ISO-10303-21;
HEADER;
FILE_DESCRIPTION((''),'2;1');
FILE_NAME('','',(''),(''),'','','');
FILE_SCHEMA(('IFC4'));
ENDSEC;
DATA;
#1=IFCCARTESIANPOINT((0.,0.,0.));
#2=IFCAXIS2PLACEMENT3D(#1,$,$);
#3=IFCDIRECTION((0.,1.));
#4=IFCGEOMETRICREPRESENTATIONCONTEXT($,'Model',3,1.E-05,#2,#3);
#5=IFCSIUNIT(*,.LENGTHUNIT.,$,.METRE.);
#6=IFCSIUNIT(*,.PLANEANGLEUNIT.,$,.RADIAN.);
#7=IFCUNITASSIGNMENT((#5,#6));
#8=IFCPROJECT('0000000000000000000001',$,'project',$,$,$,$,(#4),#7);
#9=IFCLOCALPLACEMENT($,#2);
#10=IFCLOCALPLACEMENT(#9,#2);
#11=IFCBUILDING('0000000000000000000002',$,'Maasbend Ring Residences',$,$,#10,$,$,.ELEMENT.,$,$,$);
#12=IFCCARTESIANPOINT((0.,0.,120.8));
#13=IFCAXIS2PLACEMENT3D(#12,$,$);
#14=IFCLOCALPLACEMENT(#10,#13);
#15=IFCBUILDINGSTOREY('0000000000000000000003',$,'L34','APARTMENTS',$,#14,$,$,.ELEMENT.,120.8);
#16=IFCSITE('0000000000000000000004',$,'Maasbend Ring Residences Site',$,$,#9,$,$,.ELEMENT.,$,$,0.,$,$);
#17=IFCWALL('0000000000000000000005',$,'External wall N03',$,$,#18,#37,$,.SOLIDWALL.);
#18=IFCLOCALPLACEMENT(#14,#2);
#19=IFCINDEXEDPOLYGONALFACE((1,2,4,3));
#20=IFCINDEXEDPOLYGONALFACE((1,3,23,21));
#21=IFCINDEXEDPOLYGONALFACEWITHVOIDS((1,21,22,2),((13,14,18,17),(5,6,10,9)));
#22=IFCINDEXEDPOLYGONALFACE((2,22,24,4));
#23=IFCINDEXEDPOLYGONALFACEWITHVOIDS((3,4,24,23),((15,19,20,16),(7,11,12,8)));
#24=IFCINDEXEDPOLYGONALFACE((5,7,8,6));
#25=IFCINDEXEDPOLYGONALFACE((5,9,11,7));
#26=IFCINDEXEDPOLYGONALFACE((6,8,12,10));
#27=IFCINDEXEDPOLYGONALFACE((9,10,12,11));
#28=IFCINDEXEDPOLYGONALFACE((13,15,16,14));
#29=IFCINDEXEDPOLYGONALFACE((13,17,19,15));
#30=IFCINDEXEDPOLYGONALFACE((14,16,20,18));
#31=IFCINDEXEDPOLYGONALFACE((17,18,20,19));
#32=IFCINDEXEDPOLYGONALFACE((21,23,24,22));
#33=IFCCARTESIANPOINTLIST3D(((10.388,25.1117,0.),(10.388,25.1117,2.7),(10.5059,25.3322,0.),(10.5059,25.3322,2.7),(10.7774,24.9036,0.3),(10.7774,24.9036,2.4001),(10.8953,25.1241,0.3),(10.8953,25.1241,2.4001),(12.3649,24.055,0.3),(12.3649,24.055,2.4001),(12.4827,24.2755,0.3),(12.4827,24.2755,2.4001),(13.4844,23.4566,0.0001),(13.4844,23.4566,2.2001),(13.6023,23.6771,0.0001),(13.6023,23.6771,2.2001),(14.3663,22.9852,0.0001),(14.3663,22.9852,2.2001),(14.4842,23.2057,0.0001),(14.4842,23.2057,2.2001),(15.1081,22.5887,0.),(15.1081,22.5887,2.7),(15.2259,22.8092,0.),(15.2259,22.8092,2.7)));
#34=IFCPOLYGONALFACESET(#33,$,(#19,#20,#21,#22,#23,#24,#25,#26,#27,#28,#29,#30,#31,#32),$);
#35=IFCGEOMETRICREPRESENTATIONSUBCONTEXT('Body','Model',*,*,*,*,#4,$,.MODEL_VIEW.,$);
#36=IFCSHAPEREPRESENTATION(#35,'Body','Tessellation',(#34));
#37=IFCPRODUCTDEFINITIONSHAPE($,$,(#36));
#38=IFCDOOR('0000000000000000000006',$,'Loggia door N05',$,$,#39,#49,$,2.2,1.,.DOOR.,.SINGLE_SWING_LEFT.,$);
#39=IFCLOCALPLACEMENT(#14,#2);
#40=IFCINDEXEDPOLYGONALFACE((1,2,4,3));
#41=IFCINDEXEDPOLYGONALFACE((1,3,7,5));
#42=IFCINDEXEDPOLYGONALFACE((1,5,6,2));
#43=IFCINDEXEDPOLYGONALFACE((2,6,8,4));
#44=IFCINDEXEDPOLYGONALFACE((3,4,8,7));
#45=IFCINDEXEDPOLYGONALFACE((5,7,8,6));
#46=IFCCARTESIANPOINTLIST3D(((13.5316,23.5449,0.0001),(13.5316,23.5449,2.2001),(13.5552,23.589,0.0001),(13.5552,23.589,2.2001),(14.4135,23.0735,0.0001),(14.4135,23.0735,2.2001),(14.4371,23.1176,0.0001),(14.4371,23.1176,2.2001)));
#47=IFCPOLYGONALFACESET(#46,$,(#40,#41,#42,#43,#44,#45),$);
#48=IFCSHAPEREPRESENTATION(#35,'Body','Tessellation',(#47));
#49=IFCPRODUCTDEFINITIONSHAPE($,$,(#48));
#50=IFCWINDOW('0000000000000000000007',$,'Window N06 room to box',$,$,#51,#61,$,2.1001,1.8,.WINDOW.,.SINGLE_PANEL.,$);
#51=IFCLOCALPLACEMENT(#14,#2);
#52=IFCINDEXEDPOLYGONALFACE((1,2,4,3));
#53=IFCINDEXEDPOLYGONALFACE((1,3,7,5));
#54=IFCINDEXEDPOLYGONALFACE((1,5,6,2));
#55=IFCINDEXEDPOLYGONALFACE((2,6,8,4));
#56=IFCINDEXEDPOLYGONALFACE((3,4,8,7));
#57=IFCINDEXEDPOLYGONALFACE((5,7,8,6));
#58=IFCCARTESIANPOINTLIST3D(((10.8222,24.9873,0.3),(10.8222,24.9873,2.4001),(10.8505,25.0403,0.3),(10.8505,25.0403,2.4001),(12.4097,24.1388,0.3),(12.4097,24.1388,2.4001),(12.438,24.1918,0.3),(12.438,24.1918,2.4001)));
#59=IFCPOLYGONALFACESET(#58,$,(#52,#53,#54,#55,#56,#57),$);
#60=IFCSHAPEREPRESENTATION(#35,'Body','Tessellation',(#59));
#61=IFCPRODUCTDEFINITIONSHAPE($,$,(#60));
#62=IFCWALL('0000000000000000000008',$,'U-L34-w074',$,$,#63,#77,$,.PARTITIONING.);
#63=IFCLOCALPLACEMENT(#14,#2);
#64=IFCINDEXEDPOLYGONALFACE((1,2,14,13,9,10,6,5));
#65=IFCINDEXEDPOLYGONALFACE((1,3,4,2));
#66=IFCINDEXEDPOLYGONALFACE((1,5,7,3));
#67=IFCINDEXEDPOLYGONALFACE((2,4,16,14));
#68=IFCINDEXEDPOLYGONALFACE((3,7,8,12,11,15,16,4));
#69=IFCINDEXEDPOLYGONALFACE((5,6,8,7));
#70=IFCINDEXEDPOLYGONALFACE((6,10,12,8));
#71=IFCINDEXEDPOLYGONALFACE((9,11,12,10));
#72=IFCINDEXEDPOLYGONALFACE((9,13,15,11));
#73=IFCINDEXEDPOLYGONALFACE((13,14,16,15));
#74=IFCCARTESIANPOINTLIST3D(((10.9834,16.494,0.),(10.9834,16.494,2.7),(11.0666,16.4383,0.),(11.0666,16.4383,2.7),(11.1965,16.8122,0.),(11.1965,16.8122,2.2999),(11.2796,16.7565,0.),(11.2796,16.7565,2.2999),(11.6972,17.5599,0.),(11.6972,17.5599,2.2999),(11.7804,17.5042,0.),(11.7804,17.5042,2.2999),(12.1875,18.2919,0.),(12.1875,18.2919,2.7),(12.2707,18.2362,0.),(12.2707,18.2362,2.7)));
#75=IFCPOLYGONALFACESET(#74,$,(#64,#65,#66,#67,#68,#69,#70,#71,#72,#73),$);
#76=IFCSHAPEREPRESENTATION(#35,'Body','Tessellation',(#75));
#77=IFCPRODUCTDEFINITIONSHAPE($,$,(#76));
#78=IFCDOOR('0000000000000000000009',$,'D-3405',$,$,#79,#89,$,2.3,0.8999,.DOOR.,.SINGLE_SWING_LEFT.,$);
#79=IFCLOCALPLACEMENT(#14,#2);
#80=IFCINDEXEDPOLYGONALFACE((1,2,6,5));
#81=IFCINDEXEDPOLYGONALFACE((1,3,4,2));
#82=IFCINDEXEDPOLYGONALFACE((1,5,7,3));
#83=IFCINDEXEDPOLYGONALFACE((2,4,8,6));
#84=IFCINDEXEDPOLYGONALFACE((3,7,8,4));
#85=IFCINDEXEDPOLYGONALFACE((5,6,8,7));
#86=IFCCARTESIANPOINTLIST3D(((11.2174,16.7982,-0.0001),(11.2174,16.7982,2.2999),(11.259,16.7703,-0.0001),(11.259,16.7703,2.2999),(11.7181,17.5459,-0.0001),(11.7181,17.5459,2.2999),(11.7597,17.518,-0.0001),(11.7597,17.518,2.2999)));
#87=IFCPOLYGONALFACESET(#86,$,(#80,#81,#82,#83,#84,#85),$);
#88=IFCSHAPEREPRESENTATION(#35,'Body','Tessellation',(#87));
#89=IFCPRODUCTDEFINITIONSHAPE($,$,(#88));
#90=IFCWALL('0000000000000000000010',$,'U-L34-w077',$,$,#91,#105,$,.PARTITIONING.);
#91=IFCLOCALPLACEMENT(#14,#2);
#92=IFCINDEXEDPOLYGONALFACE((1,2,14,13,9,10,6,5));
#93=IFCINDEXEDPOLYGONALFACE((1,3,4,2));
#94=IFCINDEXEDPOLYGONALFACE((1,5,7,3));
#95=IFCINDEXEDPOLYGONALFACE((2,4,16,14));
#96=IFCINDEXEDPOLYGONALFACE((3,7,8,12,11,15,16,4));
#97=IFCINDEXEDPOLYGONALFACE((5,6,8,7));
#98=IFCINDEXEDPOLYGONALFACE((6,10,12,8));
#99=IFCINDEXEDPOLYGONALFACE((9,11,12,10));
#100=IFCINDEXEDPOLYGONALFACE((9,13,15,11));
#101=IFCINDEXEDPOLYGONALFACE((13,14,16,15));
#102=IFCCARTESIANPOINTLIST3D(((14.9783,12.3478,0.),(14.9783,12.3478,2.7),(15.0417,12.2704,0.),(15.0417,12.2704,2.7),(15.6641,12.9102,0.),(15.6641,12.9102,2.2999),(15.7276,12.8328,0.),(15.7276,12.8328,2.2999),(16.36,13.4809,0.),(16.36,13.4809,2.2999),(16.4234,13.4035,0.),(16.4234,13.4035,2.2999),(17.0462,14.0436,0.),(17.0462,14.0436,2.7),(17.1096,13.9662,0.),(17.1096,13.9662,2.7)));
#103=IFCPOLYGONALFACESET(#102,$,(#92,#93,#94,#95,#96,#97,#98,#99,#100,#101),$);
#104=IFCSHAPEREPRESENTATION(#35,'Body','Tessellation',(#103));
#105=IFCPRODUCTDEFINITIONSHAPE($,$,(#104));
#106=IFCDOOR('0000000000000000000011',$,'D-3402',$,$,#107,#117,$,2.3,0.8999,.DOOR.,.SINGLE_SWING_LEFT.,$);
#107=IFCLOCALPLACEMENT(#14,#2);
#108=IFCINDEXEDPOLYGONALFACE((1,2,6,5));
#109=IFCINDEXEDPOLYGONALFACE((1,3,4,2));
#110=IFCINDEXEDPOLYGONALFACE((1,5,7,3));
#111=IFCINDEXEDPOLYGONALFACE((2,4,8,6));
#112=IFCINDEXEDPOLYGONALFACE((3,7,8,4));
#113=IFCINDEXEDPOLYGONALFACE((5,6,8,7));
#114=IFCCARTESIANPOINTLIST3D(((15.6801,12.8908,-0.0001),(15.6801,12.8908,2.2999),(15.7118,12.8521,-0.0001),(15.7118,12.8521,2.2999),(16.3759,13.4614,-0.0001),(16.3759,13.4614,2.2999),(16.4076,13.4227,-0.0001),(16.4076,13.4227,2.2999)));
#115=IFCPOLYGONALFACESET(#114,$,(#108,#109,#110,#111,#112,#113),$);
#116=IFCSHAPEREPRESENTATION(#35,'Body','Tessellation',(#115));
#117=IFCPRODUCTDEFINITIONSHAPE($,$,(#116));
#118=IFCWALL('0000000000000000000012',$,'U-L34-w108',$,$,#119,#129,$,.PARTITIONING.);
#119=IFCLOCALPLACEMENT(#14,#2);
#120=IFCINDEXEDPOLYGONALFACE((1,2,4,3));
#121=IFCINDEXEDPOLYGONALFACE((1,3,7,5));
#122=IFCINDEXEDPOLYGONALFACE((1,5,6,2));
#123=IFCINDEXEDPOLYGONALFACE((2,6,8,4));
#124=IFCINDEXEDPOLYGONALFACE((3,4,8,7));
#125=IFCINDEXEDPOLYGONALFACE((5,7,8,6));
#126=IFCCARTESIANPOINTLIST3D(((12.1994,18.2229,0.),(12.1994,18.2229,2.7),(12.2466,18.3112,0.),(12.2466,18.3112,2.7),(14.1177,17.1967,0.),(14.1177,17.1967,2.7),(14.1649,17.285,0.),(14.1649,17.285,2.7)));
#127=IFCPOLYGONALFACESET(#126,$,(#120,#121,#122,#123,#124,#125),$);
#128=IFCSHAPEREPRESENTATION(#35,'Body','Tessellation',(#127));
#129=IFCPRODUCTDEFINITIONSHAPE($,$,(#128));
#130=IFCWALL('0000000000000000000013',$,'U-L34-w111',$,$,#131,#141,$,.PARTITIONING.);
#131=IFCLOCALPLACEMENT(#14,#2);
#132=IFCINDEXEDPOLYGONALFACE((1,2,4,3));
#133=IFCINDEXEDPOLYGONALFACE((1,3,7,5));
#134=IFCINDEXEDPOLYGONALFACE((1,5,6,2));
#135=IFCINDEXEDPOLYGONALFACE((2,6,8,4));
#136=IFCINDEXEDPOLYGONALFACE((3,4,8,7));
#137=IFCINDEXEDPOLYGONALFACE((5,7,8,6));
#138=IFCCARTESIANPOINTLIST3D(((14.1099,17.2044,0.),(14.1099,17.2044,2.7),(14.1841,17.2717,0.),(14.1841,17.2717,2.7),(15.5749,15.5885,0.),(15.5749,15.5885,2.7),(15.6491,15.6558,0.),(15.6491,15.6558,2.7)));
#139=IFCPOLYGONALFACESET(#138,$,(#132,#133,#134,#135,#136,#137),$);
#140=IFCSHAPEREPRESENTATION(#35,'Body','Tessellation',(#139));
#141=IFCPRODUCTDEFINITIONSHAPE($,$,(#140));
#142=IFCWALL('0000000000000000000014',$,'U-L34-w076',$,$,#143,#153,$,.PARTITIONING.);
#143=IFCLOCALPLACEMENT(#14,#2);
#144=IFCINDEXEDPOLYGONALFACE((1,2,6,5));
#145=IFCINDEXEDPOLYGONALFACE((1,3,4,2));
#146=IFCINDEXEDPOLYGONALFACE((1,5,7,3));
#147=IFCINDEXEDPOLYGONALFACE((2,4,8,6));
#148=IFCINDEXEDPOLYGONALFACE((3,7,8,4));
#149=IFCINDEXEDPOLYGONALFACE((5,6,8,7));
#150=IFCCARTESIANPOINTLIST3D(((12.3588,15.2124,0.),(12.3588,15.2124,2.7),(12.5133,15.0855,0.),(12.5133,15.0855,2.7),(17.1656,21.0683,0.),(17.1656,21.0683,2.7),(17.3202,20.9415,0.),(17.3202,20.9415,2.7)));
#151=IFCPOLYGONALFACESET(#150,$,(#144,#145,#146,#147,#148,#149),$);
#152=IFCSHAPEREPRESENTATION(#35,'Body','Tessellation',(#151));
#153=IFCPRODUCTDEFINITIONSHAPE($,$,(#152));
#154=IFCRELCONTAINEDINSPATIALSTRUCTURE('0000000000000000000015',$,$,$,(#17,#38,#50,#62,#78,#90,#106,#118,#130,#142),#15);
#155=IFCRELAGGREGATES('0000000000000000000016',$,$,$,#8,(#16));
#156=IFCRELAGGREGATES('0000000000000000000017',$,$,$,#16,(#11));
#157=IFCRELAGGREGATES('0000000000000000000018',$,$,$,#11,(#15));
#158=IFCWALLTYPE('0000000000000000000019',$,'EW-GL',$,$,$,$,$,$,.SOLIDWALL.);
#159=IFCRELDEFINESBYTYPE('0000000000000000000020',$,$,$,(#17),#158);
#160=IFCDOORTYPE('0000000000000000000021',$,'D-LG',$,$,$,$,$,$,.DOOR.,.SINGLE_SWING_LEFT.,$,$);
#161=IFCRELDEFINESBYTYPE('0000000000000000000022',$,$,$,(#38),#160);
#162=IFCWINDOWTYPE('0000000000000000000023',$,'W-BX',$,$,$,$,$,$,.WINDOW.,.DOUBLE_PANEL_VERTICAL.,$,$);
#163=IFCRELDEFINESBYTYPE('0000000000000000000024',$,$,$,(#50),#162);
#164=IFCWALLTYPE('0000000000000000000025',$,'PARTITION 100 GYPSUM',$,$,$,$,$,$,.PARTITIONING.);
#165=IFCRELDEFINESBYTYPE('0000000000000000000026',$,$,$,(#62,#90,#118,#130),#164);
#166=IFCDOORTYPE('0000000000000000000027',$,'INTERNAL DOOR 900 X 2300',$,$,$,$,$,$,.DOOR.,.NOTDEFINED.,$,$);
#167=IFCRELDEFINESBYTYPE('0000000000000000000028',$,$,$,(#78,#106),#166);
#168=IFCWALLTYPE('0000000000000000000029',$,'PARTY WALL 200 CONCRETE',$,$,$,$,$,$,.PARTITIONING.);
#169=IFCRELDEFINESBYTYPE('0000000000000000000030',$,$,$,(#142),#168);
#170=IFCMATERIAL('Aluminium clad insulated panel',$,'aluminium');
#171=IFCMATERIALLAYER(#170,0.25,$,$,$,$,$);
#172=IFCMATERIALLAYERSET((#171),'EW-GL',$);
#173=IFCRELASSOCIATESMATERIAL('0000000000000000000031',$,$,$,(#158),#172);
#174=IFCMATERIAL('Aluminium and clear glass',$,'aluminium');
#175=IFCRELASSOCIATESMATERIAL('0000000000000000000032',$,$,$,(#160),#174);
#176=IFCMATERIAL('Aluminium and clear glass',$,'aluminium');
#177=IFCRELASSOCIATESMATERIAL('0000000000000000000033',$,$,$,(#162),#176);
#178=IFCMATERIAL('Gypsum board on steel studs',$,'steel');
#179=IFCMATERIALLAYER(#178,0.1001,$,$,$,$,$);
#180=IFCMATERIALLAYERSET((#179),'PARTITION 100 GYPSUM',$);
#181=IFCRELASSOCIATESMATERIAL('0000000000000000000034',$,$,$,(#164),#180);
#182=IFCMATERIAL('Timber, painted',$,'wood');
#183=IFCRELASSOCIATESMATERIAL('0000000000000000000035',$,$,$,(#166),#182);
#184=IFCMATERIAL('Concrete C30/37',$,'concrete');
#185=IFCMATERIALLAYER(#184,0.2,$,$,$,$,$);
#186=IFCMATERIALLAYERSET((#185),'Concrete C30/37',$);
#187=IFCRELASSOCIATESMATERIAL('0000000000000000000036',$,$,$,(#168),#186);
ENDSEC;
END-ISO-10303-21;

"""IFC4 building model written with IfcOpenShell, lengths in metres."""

from ifc_helpers import new_model, si_unit, direction, frame, frame_2d, origin, place, context, subcontext, project, spatial, rectangle, extrude, material, layer, layer_set, type_object, element, fill, save


model = new_model("IFC4")

# Units and contexts
model_context = context("Model", 3, precision=1e-05, world=origin(), true_north=direction((0.0, 1.0)))
body_context = subcontext(model_context, "Body", "Model", "MODEL_VIEW")
ifc_project = project(units=[si_unit("LENGTHUNIT", "METRE"), si_unit("PLANEANGLEUNIT", "RADIAN")], contexts=[model_context])

# Site, building, storey
site_placement = place(None, origin())
site = spatial("IfcSite", under=ifc_project, at=site_placement, Name="Maasbend Ring Residences Site", CompositionType="ELEMENT", RefElevation=0.0)
building_placement = place(site_placement, origin())
building = spatial("IfcBuilding", under=site, at=building_placement, Name="Maasbend Ring Residences", CompositionType="ELEMENT")
storey_placement = place(building_placement, frame((0.0, 0.0, 120.8)))
storey = spatial("IfcBuildingStorey", under=building, at=storey_placement, Name="L34", Description="APARTMENTS", CompositionType="ELEMENT", Elevation=120.8)

# Wall, openings, door, window
ifc_material_1 = material(Name="Aluminium clad insulated panel", Category="aluminium")
ifc_layer_1 = layer(ifc_material_1, 0.25)
ifc_layer_set_1 = layer_set([ifc_layer_1], Name="EW-GL")
wall_type_1 = type_object("IfcWallType", Name="EW-GL", PredefinedType="SOLIDWALL", material=ifc_layer_set_1)
wall_1_placement = place(storey_placement, frame((15.167, 22.699, 0.0), z_axis=(0.0, 0.0, 1.0), x_axis=(-0.881916, 0.471407, 0.0)))
wall_1 = element("IfcWall", 1, at=wall_1_placement, inside=storey, type_object=wall_type_1, Name="External wall N03", PredefinedType="SOLIDWALL", context=body_context, shape_type="SweptSolid", body=[
    extrude(rectangle(XDim=5.3521, YDim=0.25, at=frame_2d((2.676, 0.0))), origin(), (0.0, 0.0, 1.0), 2.7),
])
opening_1_placement = place(wall_1_placement, frame((0.8411, 0.0, 0.0)))
opening_1 = element("IfcOpeningElement", 2, at=opening_1_placement, cuts=wall_1, PredefinedType="OPENING", context=body_context, shape_type="SweptSolid", body=[
    extrude(rectangle(XDim=1.0, YDim=2.2, at=frame_2d((0.5, 1.1001))), frame((0.0, 0.135, 0.0), z_axis=(0.0, -1.0, 0.0), x_axis=(1.0, 0.0, 0.0)), (0.0, 0.0, 1.0), 0.27),
])
opening_2_placement = place(wall_1_placement, frame((3.1106, 0.0, 0.3)))
opening_2 = element("IfcOpeningElement", 3, at=opening_2_placement, cuts=wall_1, PredefinedType="OPENING", context=body_context, shape_type="SweptSolid", body=[
    extrude(rectangle(XDim=1.8, YDim=2.1001, at=frame_2d((0.8999, 1.05))), frame((0.0, 0.135, 0.0), z_axis=(0.0, -1.0, 0.0), x_axis=(1.0, 0.0, 0.0)), (0.0, 0.0, 1.0), 0.27),
])
ifc_material_2 = material(Name="Aluminium and clear glass", Category="aluminium")
door_type_1 = type_object("IfcDoorType", Name="D-LG", OperationType="SINGLE_SWING_LEFT", PredefinedType="DOOR", material=ifc_material_2)
door_1_placement = place(opening_1_placement, origin())
door_1 = element("IfcDoor", 4, at=door_1_placement, inside=storey, type_object=door_type_1, Name="Loggia door N05", OperationType="SINGLE_SWING_LEFT", OverallHeight=2.2, OverallWidth=1.0, PredefinedType="DOOR", context=body_context, shape_type="SweptSolid", body=[
    extrude(rectangle(XDim=1.0, YDim=2.2, at=frame_2d((0.5, 1.1001))), frame((0.0, 0.0249, 0.0), z_axis=(0.0, -1.0, 0.0), x_axis=(1.0, 0.0, 0.0)), (0.0, 0.0, 1.0), 0.05),
])
fill(opening_1, door_1)
ifc_material_3 = material(Name="Aluminium and clear glass", Category="aluminium")
window_type_1 = type_object("IfcWindowType", Name="W-BX", PartitioningType="DOUBLE_PANEL_VERTICAL", PredefinedType="WINDOW", material=ifc_material_3)
window_1_placement = place(opening_2_placement, origin())
window_1 = element("IfcWindow", 5, at=window_1_placement, inside=storey, type_object=window_type_1, Name="Window N06 room to box", OverallHeight=2.1001, OverallWidth=1.8, PartitioningType="SINGLE_PANEL", PredefinedType="WINDOW", context=body_context, shape_type="SweptSolid", body=[
    extrude(rectangle(XDim=1.8, YDim=2.1001, at=frame_2d((0.8999, 1.05))), frame((0.0, 0.03, 0.0), z_axis=(0.0, -1.0, 0.0), x_axis=(1.0, 0.0, 0.0)), (0.0, 0.0, 1.0), 0.0601),
])
fill(opening_2, window_1)

# Walls, openings, doors
ifc_material_4 = material(Name="Gypsum board on steel studs", Category="steel")
ifc_layer_2 = layer(ifc_material_4, 0.1001)
ifc_layer_set_2 = layer_set([ifc_layer_2], Name="PARTITION 100 GYPSUM")
wall_type_2 = type_object("IfcWallType", Name="PARTITION 100 GYPSUM", PredefinedType="PARTITIONING", material=ifc_layer_set_2)
wall_2_placement = place(storey_placement, frame((11.0249, 16.4661, 0.0), z_axis=(0.0, 0.0, 1.0), x_axis=(0.556469, 0.830868, 0.0)))
wall_2 = element("IfcWall", 6, at=wall_2_placement, inside=storey, type_object=wall_type_2, Name="U-L34-w074", PredefinedType="PARTITIONING", context=body_context, shape_type="SweptSolid", body=[
    extrude(rectangle(XDim=2.1638, YDim=0.1001, at=frame_2d((1.082, 0.0))), origin(), (0.0, 0.0, 1.0), 2.7),
])
opening_3_placement = place(wall_2_placement, frame((0.3831, 0.0, 0.0)))
opening_3 = element("IfcOpeningElement", 7, at=opening_3_placement, cuts=wall_2, PredefinedType="OPENING", context=body_context, shape_type="SweptSolid", body=[
    extrude(rectangle(XDim=0.8999, YDim=2.3, at=frame_2d((0.45, 1.1499))), frame((0.0, 0.0601, 0.0), z_axis=(0.0, -1.0, 0.0), x_axis=(1.0, 0.0, 0.0)), (0.0, 0.0, 1.0), 0.1201),
])
ifc_material_5 = material(Name="Timber, painted", Category="wood")
door_type_2 = type_object("IfcDoorType", Name="INTERNAL DOOR 900 X 2300", OperationType="NOTDEFINED", PredefinedType="DOOR", material=ifc_material_5)
door_2_placement = place(opening_3_placement, origin())
door_2 = element("IfcDoor", 8, at=door_2_placement, inside=storey, type_object=door_type_2, Name="D-3405", OperationType="SINGLE_SWING_LEFT", OverallHeight=2.3, OverallWidth=0.8999, PredefinedType="DOOR", context=body_context, shape_type="SweptSolid", body=[
    extrude(rectangle(XDim=0.8999, YDim=2.3, at=frame_2d((0.45, 1.1499))), frame((0.0, 0.0249, 0.0), z_axis=(0.0, -1.0, 0.0), x_axis=(1.0, 0.0, 0.0)), (0.0, 0.0, 1.0), 0.05),
])
fill(opening_3, door_2)
wall_3_placement = place(storey_placement, frame((15.01, 12.3091, 0.0), z_axis=(0.0, 0.0, 1.0), x_axis=(0.773241, 0.634112, 0.0)))
wall_3 = element("IfcWall", 9, at=wall_3_placement, inside=storey, type_object=wall_type_2, Name="U-L34-w077", PredefinedType="PARTITIONING", context=body_context, shape_type="SweptSolid", body=[
    extrude(rectangle(XDim=2.6743, YDim=0.1001, at=frame_2d((1.3372, 0.0))), origin(), (0.0, 0.0, 1.0), 2.7),
])
opening_4_placement = place(wall_3_placement, frame((0.887, 0.0, 0.0)))
opening_4 = element("IfcOpeningElement", 10, at=opening_4_placement, cuts=wall_3, PredefinedType="OPENING", context=body_context, shape_type="SweptSolid", body=[
    extrude(rectangle(XDim=0.8999, YDim=2.3, at=frame_2d((0.45, 1.1499))), frame((0.0, 0.0601, 0.0), z_axis=(0.0, -1.0, 0.0), x_axis=(1.0, 0.0, 0.0)), (0.0, 0.0, 1.0), 0.1201),
])
door_3_placement = place(opening_4_placement, origin())
door_3 = element("IfcDoor", 11, at=door_3_placement, inside=storey, type_object=door_type_2, Name="D-3402", OperationType="SINGLE_SWING_LEFT", OverallHeight=2.3, OverallWidth=0.8999, PredefinedType="DOOR", context=body_context, shape_type="SweptSolid", body=[
    extrude(rectangle(XDim=0.8999, YDim=2.3, at=frame_2d((0.45, 1.1499))), frame((0.0, 0.0249, 0.0), z_axis=(0.0, -1.0, 0.0), x_axis=(1.0, 0.0, 0.0)), (0.0, 0.0, 1.0), 0.05),
])
fill(opening_4, door_3)

# Walls
wall_4_placement = place(storey_placement, frame((12.2229, 18.2671, 0.0), z_axis=(0.0, 0.0, 1.0), x_axis=(0.881765, -0.471689, 0.0)))
element("IfcWall", 12, at=wall_4_placement, inside=storey, type_object=wall_type_2, Name="U-L34-w108", PredefinedType="PARTITIONING", context=body_context, shape_type="SweptSolid", body=[
    extrude(rectangle(XDim=2.1755, YDim=0.1001, at=frame_2d((1.0879, 0.0))), origin(), (0.0, 0.0, 1.0), 2.7),
])
wall_5_placement = place(storey_placement, frame((14.147, 17.238, 0.0), z_axis=(0.0, 0.0, 1.0), x_axis=(0.671675, -0.740846, 0.0)))
element("IfcWall", 13, at=wall_5_placement, inside=storey, type_object=wall_type_2, Name="U-L34-w111", PredefinedType="PARTITIONING", context=body_context, shape_type="SweptSolid", body=[
    extrude(rectangle(XDim=2.1812, YDim=0.1001, at=frame_2d((1.0906, 0.0))), origin(), (0.0, 0.0, 1.0), 2.7),
])
ifc_material_6 = material(Name="Concrete C30/37", Category="concrete")
ifc_layer_3 = layer(ifc_material_6, 0.2)
ifc_layer_set_3 = layer_set([ifc_layer_3], Name="Concrete C30/37")
wall_type_3 = type_object("IfcWallType", Name="PARTY WALL 200 CONCRETE", PredefinedType="PARTITIONING", material=ifc_layer_set_3)
wall_6_placement = place(storey_placement, frame((12.436, 15.1489, 0.0), z_axis=(0.0, 0.0, 1.0), x_axis=(0.634474, 0.772944, 0.0)))
element("IfcWall", 14, at=wall_6_placement, inside=storey, type_object=wall_type_3, Name="U-L34-w076", PredefinedType="PARTITIONING", context=body_context, shape_type="SweptSolid", body=[
    extrude(rectangle(XDim=7.5762, YDim=0.2, at=frame_2d((3.7881, 0.0))), origin(), (0.0, 0.0, 1.0), 2.7),
])

save(model, "model.ifc")
